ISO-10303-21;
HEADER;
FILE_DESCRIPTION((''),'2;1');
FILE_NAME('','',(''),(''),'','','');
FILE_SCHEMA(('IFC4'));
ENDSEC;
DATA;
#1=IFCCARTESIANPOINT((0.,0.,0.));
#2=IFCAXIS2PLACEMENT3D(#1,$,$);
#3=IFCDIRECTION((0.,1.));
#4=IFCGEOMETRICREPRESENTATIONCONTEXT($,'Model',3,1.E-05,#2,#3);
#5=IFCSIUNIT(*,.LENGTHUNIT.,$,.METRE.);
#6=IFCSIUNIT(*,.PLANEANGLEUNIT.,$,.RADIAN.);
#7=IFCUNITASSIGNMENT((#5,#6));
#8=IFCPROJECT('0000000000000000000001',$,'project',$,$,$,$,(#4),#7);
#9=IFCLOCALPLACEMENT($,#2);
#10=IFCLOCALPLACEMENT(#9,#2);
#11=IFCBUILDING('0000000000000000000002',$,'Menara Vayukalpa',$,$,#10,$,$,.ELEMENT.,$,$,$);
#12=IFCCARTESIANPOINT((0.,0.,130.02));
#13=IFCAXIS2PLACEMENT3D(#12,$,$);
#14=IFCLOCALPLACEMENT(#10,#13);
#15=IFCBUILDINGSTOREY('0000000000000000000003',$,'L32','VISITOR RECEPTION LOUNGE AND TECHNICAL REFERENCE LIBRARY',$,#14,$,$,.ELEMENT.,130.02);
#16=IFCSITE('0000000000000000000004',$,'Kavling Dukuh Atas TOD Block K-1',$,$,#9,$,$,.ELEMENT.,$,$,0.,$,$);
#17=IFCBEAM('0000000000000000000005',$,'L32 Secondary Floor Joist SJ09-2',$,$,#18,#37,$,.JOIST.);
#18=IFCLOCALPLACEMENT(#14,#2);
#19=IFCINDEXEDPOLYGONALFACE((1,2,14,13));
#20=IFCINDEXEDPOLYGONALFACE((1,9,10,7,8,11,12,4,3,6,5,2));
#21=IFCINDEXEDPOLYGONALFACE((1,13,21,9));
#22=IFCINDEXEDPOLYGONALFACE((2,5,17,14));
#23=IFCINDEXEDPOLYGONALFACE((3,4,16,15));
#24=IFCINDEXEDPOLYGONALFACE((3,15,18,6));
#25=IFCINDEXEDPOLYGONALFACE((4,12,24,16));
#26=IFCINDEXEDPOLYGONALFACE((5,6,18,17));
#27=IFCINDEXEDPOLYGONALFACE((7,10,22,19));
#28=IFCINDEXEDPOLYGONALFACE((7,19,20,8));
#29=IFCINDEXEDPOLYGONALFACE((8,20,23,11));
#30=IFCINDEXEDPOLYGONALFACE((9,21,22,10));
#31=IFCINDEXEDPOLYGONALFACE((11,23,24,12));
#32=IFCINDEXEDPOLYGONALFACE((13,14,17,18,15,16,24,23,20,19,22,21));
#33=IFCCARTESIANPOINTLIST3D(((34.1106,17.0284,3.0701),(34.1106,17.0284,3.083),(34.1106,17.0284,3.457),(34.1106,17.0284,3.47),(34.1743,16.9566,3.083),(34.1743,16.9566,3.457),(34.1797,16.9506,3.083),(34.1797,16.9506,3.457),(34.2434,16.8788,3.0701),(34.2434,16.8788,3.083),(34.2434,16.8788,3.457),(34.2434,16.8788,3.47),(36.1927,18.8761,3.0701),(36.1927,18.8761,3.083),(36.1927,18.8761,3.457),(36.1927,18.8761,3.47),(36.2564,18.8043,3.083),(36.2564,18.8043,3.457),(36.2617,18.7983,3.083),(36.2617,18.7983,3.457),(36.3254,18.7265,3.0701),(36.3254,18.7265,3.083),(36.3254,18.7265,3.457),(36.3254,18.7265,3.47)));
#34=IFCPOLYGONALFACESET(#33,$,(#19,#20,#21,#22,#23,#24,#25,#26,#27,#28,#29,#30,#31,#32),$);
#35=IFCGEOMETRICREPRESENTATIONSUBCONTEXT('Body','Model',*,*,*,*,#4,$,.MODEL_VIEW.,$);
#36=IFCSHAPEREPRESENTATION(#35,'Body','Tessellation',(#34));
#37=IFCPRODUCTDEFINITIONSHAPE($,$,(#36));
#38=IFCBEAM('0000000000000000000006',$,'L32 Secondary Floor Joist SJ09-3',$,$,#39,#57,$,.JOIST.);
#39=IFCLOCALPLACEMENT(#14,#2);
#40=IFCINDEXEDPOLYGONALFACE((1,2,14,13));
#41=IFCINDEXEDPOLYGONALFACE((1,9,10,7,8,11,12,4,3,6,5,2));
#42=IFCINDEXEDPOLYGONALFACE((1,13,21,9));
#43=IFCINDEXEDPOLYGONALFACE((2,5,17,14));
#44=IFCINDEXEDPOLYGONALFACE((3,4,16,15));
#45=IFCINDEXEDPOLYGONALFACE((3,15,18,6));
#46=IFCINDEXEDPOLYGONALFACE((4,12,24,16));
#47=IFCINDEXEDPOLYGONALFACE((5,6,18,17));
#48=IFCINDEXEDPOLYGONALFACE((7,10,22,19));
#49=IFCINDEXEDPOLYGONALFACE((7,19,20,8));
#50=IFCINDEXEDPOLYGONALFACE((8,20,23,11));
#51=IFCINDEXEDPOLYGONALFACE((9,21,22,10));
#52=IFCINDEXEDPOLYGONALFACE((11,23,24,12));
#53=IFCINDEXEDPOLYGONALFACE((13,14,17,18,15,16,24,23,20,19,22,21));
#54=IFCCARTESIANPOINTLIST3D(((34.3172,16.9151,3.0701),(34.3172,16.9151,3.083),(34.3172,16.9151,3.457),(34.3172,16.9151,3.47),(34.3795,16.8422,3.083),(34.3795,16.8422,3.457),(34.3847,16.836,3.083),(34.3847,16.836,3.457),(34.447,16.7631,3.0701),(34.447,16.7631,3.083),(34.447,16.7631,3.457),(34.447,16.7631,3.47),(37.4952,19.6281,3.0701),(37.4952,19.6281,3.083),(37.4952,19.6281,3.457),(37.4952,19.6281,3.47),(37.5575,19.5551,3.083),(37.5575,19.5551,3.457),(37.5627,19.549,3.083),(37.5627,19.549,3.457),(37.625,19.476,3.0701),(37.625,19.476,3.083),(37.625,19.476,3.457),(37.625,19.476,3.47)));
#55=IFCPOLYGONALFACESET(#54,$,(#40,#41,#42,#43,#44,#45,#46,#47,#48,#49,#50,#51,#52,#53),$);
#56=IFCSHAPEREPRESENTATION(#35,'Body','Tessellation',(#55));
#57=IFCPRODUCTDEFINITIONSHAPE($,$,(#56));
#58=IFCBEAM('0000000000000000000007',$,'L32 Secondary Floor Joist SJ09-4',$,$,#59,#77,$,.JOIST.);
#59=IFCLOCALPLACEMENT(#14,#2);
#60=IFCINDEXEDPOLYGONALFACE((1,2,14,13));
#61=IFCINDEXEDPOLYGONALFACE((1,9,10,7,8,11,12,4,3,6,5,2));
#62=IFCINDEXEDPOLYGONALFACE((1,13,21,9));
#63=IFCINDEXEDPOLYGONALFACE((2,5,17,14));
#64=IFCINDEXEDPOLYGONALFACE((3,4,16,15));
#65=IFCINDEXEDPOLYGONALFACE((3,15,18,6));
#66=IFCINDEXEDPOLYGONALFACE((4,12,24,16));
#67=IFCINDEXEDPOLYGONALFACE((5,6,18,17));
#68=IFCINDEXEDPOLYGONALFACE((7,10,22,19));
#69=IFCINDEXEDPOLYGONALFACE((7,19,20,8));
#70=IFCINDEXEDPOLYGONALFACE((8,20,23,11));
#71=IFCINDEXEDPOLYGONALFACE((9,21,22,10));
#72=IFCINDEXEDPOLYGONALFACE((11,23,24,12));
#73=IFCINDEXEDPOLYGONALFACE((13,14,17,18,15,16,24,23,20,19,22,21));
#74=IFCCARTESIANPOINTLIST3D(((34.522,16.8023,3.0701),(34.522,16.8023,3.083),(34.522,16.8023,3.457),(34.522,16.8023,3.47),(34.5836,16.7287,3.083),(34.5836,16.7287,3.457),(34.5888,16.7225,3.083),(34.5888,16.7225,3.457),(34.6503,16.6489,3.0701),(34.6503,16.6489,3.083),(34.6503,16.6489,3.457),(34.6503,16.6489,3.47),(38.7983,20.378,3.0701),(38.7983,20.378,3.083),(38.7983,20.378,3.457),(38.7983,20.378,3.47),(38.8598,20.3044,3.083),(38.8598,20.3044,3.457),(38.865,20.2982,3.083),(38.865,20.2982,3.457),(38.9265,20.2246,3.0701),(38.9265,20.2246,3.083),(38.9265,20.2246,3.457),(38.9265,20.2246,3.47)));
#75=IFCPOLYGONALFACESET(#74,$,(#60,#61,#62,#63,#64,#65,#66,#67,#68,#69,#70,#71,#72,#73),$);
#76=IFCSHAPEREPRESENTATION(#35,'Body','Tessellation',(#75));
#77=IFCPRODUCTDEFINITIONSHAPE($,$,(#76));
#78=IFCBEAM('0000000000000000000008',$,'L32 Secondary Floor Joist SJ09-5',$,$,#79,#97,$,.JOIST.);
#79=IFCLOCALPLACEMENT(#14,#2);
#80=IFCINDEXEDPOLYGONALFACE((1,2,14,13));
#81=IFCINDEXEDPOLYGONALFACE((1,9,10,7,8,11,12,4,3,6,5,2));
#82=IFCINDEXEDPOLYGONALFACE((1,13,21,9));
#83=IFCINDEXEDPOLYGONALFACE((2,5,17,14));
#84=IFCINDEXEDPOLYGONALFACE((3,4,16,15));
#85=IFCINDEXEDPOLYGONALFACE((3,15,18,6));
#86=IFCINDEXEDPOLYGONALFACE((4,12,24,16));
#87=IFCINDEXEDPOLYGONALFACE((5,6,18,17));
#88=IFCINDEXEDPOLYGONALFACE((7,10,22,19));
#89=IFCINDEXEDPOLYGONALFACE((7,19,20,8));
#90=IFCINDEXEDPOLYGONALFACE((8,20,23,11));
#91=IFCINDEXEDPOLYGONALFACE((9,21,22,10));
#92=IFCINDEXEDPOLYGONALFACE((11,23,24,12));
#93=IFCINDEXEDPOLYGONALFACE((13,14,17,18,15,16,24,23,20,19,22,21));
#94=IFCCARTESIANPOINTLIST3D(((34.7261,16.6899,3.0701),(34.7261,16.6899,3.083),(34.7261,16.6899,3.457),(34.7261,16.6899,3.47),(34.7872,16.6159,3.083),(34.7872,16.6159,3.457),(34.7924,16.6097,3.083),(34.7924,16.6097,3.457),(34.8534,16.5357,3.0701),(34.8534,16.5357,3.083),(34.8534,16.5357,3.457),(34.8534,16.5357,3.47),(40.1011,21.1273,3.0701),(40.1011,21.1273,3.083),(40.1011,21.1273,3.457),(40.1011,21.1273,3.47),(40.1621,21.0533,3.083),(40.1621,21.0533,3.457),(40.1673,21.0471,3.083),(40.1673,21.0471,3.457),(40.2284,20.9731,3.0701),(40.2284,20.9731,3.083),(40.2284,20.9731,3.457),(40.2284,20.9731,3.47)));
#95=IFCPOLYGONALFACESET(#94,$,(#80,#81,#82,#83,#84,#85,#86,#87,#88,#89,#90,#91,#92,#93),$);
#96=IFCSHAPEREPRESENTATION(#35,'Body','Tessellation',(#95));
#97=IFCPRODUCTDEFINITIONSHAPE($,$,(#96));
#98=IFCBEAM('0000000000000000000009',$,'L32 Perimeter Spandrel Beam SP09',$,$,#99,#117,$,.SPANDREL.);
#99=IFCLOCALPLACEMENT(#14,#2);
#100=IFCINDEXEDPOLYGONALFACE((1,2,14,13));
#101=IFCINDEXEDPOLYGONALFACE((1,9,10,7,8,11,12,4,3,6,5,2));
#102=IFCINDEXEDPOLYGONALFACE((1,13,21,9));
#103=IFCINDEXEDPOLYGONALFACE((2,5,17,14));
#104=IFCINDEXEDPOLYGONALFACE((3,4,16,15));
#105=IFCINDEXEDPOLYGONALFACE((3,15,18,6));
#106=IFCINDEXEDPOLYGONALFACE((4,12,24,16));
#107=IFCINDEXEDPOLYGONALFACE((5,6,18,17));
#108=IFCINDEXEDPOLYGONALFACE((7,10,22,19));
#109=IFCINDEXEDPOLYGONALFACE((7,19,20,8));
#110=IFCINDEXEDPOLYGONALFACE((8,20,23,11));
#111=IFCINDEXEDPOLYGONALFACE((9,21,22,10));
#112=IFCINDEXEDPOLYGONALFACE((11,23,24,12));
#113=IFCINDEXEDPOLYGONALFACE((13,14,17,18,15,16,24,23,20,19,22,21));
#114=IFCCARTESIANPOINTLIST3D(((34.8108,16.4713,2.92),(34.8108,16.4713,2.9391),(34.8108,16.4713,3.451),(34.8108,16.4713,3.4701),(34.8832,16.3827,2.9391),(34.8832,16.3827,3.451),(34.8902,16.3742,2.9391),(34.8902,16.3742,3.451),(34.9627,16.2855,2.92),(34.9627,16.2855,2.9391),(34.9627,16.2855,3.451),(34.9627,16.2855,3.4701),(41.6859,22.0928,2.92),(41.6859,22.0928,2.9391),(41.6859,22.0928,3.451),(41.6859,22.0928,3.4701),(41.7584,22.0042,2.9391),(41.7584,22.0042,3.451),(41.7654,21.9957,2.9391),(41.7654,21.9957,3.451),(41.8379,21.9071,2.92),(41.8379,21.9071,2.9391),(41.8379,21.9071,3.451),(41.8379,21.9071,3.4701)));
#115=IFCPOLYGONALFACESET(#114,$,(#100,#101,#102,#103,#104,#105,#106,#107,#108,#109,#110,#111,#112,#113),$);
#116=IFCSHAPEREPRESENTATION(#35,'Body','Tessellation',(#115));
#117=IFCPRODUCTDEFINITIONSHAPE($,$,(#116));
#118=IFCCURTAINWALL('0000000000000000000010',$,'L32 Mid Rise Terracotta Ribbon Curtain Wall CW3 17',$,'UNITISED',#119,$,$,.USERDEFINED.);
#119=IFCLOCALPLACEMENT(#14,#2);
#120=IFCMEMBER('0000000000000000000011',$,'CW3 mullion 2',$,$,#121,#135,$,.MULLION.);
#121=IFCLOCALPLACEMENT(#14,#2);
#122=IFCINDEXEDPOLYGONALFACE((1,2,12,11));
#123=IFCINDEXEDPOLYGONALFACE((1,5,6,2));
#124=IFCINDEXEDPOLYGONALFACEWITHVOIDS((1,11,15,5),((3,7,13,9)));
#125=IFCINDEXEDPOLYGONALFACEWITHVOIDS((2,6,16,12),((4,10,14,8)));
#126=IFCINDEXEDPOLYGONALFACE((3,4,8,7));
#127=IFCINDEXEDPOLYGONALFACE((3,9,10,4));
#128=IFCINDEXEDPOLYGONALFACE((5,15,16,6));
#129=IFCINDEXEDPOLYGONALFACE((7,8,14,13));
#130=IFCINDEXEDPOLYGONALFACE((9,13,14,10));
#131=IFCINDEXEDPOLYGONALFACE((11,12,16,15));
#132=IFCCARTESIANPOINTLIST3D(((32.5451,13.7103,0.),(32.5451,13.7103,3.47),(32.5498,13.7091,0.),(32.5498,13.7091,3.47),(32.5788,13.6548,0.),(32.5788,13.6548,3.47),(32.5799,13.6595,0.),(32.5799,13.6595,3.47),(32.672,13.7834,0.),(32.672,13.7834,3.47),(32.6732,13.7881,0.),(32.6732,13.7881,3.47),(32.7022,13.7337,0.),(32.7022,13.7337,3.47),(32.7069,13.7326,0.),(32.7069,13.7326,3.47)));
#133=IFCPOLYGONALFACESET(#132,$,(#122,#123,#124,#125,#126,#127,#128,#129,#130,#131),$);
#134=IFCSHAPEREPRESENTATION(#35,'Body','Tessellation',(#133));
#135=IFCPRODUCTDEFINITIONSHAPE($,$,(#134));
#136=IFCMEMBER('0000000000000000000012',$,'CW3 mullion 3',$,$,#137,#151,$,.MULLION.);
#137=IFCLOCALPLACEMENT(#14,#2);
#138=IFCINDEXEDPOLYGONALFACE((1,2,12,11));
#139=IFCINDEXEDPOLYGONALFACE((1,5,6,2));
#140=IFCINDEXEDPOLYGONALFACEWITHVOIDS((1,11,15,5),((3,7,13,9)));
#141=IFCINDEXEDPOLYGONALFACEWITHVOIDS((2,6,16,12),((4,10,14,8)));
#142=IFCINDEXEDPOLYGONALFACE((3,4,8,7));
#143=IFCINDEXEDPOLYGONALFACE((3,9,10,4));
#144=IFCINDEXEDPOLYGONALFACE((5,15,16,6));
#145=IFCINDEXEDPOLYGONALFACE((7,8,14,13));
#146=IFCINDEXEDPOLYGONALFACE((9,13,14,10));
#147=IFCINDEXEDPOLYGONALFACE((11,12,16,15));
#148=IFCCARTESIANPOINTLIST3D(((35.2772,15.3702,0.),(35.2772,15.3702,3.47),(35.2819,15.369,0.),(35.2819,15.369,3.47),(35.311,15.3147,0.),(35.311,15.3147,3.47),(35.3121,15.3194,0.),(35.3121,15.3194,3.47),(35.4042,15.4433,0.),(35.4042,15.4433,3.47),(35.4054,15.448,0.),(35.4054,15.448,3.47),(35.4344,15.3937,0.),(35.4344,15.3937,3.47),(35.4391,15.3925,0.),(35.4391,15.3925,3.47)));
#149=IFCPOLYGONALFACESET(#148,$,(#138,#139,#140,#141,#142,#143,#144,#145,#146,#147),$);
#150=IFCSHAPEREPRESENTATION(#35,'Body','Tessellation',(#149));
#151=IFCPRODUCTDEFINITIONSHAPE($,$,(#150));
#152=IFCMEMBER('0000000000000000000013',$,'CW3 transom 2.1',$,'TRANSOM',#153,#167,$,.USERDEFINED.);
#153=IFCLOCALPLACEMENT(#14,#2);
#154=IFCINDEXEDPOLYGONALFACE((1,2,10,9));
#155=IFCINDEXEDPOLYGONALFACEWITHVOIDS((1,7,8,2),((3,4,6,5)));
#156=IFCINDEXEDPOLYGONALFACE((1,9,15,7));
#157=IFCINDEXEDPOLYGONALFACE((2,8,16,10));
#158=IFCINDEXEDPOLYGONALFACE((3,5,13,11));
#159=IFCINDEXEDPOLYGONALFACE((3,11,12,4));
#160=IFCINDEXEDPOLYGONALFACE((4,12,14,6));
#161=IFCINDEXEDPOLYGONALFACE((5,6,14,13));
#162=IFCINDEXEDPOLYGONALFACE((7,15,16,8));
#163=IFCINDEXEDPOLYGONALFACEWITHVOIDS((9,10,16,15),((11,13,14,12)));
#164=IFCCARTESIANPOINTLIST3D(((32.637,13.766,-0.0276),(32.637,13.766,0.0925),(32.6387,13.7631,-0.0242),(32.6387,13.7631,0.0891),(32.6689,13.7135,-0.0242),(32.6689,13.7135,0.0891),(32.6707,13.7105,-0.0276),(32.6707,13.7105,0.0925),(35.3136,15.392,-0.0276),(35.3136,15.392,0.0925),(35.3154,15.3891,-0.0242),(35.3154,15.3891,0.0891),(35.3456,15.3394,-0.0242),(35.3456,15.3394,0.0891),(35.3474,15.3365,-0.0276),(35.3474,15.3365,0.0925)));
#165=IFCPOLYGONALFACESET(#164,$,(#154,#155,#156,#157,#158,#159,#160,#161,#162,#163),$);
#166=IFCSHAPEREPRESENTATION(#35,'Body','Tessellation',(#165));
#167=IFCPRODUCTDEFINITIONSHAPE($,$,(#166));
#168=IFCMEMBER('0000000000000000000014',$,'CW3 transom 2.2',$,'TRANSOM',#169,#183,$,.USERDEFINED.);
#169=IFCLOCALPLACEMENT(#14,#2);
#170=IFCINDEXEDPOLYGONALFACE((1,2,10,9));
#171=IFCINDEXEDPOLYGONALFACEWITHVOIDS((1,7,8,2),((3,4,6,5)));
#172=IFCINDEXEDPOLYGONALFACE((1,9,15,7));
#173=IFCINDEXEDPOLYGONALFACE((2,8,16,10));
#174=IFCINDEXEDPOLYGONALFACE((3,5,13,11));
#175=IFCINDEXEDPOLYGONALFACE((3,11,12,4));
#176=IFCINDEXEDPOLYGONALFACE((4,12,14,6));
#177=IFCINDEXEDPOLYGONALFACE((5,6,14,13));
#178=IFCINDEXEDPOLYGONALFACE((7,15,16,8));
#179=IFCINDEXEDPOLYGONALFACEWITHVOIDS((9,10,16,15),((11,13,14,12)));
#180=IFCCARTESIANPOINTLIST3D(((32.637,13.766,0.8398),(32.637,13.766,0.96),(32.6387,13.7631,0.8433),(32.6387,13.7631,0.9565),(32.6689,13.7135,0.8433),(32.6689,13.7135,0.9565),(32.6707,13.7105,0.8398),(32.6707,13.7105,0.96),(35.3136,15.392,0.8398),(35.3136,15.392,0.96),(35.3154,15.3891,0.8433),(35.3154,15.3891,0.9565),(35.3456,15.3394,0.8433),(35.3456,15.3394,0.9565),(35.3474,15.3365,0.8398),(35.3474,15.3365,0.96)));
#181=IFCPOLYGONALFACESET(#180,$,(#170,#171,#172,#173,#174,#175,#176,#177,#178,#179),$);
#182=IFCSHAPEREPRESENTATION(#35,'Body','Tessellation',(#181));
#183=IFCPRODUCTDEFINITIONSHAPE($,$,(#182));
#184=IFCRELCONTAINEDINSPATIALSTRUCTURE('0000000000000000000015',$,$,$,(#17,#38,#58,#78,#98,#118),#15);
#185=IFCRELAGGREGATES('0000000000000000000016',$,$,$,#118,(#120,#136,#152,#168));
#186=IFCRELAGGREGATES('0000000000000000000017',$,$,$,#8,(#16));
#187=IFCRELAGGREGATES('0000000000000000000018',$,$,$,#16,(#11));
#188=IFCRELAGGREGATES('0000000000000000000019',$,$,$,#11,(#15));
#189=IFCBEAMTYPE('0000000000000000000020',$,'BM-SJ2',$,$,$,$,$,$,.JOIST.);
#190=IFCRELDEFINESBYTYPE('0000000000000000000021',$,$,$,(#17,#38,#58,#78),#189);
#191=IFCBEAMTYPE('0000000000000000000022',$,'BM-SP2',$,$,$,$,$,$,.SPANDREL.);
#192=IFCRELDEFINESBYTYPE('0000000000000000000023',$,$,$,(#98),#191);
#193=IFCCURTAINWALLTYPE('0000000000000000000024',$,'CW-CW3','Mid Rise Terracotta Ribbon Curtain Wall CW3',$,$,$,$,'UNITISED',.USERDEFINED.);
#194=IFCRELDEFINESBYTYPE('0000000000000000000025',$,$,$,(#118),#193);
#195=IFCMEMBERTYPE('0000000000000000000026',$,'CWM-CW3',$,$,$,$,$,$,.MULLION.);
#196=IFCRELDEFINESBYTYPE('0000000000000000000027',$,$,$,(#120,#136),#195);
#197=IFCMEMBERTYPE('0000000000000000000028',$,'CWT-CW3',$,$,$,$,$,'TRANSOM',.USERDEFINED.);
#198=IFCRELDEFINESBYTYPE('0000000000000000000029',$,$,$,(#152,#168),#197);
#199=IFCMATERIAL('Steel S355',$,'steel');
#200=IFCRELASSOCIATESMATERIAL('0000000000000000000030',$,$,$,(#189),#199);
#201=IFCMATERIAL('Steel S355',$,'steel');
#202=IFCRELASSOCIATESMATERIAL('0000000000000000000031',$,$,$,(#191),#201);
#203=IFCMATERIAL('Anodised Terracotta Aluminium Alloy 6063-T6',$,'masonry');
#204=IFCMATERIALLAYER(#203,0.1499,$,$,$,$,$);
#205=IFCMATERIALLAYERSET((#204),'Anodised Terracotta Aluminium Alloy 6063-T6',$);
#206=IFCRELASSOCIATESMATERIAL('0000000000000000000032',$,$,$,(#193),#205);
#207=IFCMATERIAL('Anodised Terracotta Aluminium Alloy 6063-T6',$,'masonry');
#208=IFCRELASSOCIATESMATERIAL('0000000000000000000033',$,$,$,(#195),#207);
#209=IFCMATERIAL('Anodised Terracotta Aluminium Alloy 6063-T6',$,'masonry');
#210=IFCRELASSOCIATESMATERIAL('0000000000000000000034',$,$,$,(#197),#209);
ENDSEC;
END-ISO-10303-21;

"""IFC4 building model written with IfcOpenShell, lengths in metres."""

from ifc_helpers import new_model, si_unit, direction, frame, origin, origin_2d, place, context, subcontext, project, spatial, hollow_rectangle, i_section, extrude, material, layer, layer_set, material_profile, profile_set, type_object, element, aggregate, save


model = new_model("IFC4")

# Units and contexts
model_context = context("Model", 3, precision=1e-05, world=origin(), true_north=direction((0.0, 1.0)))
body_context = subcontext(model_context, "Body", "Model", "MODEL_VIEW")
ifc_project = project(units=[si_unit("LENGTHUNIT", "METRE"), si_unit("PLANEANGLEUNIT", "RADIAN")], contexts=[model_context])

# Site, building, storey
site_placement = place(None, origin())
site = spatial("IfcSite", under=ifc_project, at=site_placement, Name="Kavling Dukuh Atas TOD Block K-1", CompositionType="ELEMENT", RefElevation=0.0)
building_placement = place(site_placement, origin())
building = spatial("IfcBuilding", under=site, at=building_placement, Name="Menara Vayukalpa", CompositionType="ELEMENT")
storey_placement = place(building_placement, frame((0.0, 0.0, 130.02)))
storey = spatial("IfcBuildingStorey", under=building, at=storey_placement, Name="L32", Description="VISITOR RECEPTION LOUNGE AND TECHNICAL REFERENCE LIBRARY", CompositionType="ELEMENT", Elevation=130.02)

# Beams
ifc_material_1 = material(Name="Steel S355", Category="steel")
ifc_material_profile_1 = material_profile(ifc_material_1, i_section(OverallWidth=0.2, OverallDepth=0.3999, WebThickness=0.0081, FlangeThickness=0.0129, at=origin_2d()), Name="WF 400x200x8x13")
ifc_profile_set_1 = profile_set([ifc_material_profile_1], Name="Steel S355")
beam_type_1 = type_object("IfcBeamType", Name="BM-SJ2", PredefinedType="JOIST", material=ifc_profile_set_1)
beam_1_placement = place(storey_placement, frame((34.177, 16.9536, 3.27), z_axis=(0.747951, 0.663754, 0.0), x_axis=(-0.663754, 0.747951, 0.0)))
element("IfcBeam", 1, at=beam_1_placement, inside=storey, type_object=beam_type_1, Name="L32 Secondary Floor Joist SJ09-2", PredefinedType="JOIST", context=body_context, shape_type="SweptSolid", body=[
    extrude(i_section(OverallWidth=0.2, OverallDepth=0.3999, WebThickness=0.0081, FlangeThickness=0.0129, at=origin_2d()), origin(), (0.0, 0.0, 1.0), 2.7837),
])
beam_2_placement = place(storey_placement, frame((34.3821, 16.8391, 3.27), z_axis=(0.760567, 0.64926, 0.0), x_axis=(-0.64926, 0.760567, 0.0)))
element("IfcBeam", 2, at=beam_2_placement, inside=storey, type_object=beam_type_1, Name="L32 Secondary Floor Joist SJ09-3", PredefinedType="JOIST", context=body_context, shape_type="SweptSolid", body=[
    extrude(i_section(OverallWidth=0.2, OverallDepth=0.3999, WebThickness=0.0081, FlangeThickness=0.0129, at=origin_2d()), origin(), (0.0, 0.0, 1.0), 4.1785),
])
beam_3_placement = place(storey_placement, frame((34.5862, 16.7256, 3.27), z_axis=(0.76714, 0.64148, 0.0), x_axis=(-0.64148, 0.76714, 0.0)))
element("IfcBeam", 3, at=beam_3_placement, inside=storey, type_object=beam_type_1, Name="L32 Secondary Floor Joist SJ09-4", PredefinedType="JOIST", context=body_context, shape_type="SweptSolid", body=[
    extrude(i_section(OverallWidth=0.2, OverallDepth=0.3999, WebThickness=0.0081, FlangeThickness=0.0129, at=origin_2d()), origin(), (0.0, 0.0, 1.0), 5.5742),
])
beam_4_placement = place(storey_placement, frame((34.7898, 16.6128, 3.27), z_axis=(0.771153, 0.63665, 0.0), x_axis=(-0.63665, 0.771153, 0.0)))
element("IfcBeam", 4, at=beam_4_placement, inside=storey, type_object=beam_type_1, Name="L32 Secondary Floor Joist SJ09-5", PredefinedType="JOIST", context=body_context, shape_type="SweptSolid", body=[
    extrude(i_section(OverallWidth=0.2, OverallDepth=0.3999, WebThickness=0.0081, FlangeThickness=0.0129, at=origin_2d()), origin(), (0.0, 0.0, 1.0), 6.97),
])
ifc_material_2 = material(Name="Steel S355", Category="steel")
ifc_material_profile_2 = material_profile(ifc_material_2, i_section(OverallWidth=0.24, OverallDepth=0.55, WebThickness=0.011, FlangeThickness=0.019, at=origin_2d()), Name="WF 550x240x11x19")
ifc_profile_set_2 = profile_set([ifc_material_profile_2], Name="Steel S355")
beam_type_2 = type_object("IfcBeamType", Name="BM-SP2", PredefinedType="SPANDREL", material=ifc_profile_set_2)
beam_5_placement = place(storey_placement, frame((34.8867, 16.3784, 3.1951), z_axis=(0.774157, 0.632994, 0.0), x_axis=(-0.632994, 0.774157, 0.0)))
element("IfcBeam", 5, at=beam_5_placement, inside=storey, type_object=beam_type_2, Name="L32 Perimeter Spandrel Beam SP09", PredefinedType="SPANDREL", context=body_context, shape_type="SweptSolid", body=[
    extrude(i_section(OverallWidth=0.24, OverallDepth=0.55, WebThickness=0.011, FlangeThickness=0.019, at=origin_2d()), origin(), (0.0, 0.0, 1.0), 8.8809),
])

# Curtain wall, members
ifc_material_3 = material(Name="Anodised Terracotta Aluminium Alloy 6063-T6", Category="masonry")
ifc_layer_1 = layer(ifc_material_3, 0.1499)
ifc_layer_set_1 = layer_set([ifc_layer_1], Name="Anodised Terracotta Aluminium Alloy 6063-T6")
curtain_wall_type = type_object("IfcCurtainWallType", Name="CW-CW3", Description="Mid Rise Terracotta Ribbon Curtain Wall CW3", ElementType="UNITISED", PredefinedType="USERDEFINED", material=ifc_layer_set_1)
curtain_wall_placement = place(storey_placement, origin())
curtain_wall = element("IfcCurtainWall", 6, at=curtain_wall_placement, inside=storey, type_object=curtain_wall_type, Name="L32 Mid Rise Terracotta Ribbon Curtain Wall CW3 17", ObjectType="UNITISED", PredefinedType="USERDEFINED")
ifc_material_4 = material(Name="Anodised Terracotta Aluminium Alloy 6063-T6", Category="masonry")
ifc_material_profile_3 = material_profile(ifc_material_4, hollow_rectangle(XDim=0.0649, YDim=0.1499, WallThickness=0.0034, at=origin_2d()), Name="ALU 65x150x3.5")
ifc_profile_set_3 = profile_set([ifc_material_profile_3], Name="Anodised Terracotta Aluminium Alloy 6063-T6")
member_type_1 = type_object("IfcMemberType", Name="CWM-CW3", PredefinedType="MULLION", material=ifc_profile_set_3)
member_1_placement = place(storey_placement, frame((32.626, 13.7214, 0.0), z_axis=(0.0, 0.0, 1.0), x_axis=(-0.519183, 0.854663, 0.0)))
member_1 = element("IfcMember", 7, at=member_1_placement, type_object=member_type_1, Name="CW3 mullion 2", PredefinedType="MULLION", context=body_context, shape_type="SweptSolid", body=[
    extrude(hollow_rectangle(XDim=0.0649, YDim=0.1499, WallThickness=0.0034, at=origin_2d()), origin(), (0.0, 0.0, 1.0), 3.47),
])
member_2_placement = place(storey_placement, frame((35.3582, 15.3813, 0.0), z_axis=(0.0, 0.0, 1.0), x_axis=(-0.519183, 0.854663, 0.0)))
member_2 = element("IfcMember", 8, at=member_2_placement, type_object=member_type_1, Name="CW3 mullion 3", PredefinedType="MULLION", context=body_context, shape_type="SweptSolid", body=[
    extrude(hollow_rectangle(XDim=0.0649, YDim=0.1499, WallThickness=0.0034, at=origin_2d()), origin(), (0.0, 0.0, 1.0), 3.47),
])
ifc_material_5 = material(Name="Anodised Terracotta Aluminium Alloy 6063-T6", Category="masonry")
ifc_material_profile_4 = material_profile(ifc_material_5, hollow_rectangle(XDim=0.0649, YDim=0.1201, WallThickness=0.0034, at=origin_2d()), Name="ALU 65x120x3.5")
ifc_profile_set_4 = profile_set([ifc_material_profile_4], Name="Anodised Terracotta Aluminium Alloy 6063-T6")
member_type_2 = type_object("IfcMemberType", Name="CWT-CW3", ElementType="TRANSOM", PredefinedType="USERDEFINED", material=ifc_profile_set_4)
member_3_placement = place(storey_placement, frame((32.6538, 13.7383, 0.0325), z_axis=(0.854674, 0.519165, 0.0), x_axis=(-0.519165, 0.854674, 0.0)))
member_3 = element("IfcMember", 9, at=member_3_placement, type_object=member_type_2, Name="CW3 transom 2.1", ObjectType="TRANSOM", PredefinedType="USERDEFINED", context=body_context, shape_type="SweptSolid", body=[
    extrude(hollow_rectangle(XDim=0.0649, YDim=0.1201, WallThickness=0.0034, at=origin_2d()), origin(), (0.0, 0.0, 1.0), 3.1318),
])
member_4_placement = place(storey_placement, frame((32.6538, 13.7383, 0.8999), z_axis=(0.854674, 0.519165, 0.0), x_axis=(-0.519165, 0.854674, 0.0)))
member_4 = element("IfcMember", 10, at=member_4_placement, type_object=member_type_2, Name="CW3 transom 2.2", ObjectType="TRANSOM", PredefinedType="USERDEFINED", context=body_context, shape_type="SweptSolid", body=[
    extrude(hollow_rectangle(XDim=0.0649, YDim=0.1201, WallThickness=0.0034, at=origin_2d()), origin(), (0.0, 0.0, 1.0), 3.1318),
])
aggregate(curtain_wall, [member_1, member_2, member_3, member_4])

save(model, "model.ifc")
